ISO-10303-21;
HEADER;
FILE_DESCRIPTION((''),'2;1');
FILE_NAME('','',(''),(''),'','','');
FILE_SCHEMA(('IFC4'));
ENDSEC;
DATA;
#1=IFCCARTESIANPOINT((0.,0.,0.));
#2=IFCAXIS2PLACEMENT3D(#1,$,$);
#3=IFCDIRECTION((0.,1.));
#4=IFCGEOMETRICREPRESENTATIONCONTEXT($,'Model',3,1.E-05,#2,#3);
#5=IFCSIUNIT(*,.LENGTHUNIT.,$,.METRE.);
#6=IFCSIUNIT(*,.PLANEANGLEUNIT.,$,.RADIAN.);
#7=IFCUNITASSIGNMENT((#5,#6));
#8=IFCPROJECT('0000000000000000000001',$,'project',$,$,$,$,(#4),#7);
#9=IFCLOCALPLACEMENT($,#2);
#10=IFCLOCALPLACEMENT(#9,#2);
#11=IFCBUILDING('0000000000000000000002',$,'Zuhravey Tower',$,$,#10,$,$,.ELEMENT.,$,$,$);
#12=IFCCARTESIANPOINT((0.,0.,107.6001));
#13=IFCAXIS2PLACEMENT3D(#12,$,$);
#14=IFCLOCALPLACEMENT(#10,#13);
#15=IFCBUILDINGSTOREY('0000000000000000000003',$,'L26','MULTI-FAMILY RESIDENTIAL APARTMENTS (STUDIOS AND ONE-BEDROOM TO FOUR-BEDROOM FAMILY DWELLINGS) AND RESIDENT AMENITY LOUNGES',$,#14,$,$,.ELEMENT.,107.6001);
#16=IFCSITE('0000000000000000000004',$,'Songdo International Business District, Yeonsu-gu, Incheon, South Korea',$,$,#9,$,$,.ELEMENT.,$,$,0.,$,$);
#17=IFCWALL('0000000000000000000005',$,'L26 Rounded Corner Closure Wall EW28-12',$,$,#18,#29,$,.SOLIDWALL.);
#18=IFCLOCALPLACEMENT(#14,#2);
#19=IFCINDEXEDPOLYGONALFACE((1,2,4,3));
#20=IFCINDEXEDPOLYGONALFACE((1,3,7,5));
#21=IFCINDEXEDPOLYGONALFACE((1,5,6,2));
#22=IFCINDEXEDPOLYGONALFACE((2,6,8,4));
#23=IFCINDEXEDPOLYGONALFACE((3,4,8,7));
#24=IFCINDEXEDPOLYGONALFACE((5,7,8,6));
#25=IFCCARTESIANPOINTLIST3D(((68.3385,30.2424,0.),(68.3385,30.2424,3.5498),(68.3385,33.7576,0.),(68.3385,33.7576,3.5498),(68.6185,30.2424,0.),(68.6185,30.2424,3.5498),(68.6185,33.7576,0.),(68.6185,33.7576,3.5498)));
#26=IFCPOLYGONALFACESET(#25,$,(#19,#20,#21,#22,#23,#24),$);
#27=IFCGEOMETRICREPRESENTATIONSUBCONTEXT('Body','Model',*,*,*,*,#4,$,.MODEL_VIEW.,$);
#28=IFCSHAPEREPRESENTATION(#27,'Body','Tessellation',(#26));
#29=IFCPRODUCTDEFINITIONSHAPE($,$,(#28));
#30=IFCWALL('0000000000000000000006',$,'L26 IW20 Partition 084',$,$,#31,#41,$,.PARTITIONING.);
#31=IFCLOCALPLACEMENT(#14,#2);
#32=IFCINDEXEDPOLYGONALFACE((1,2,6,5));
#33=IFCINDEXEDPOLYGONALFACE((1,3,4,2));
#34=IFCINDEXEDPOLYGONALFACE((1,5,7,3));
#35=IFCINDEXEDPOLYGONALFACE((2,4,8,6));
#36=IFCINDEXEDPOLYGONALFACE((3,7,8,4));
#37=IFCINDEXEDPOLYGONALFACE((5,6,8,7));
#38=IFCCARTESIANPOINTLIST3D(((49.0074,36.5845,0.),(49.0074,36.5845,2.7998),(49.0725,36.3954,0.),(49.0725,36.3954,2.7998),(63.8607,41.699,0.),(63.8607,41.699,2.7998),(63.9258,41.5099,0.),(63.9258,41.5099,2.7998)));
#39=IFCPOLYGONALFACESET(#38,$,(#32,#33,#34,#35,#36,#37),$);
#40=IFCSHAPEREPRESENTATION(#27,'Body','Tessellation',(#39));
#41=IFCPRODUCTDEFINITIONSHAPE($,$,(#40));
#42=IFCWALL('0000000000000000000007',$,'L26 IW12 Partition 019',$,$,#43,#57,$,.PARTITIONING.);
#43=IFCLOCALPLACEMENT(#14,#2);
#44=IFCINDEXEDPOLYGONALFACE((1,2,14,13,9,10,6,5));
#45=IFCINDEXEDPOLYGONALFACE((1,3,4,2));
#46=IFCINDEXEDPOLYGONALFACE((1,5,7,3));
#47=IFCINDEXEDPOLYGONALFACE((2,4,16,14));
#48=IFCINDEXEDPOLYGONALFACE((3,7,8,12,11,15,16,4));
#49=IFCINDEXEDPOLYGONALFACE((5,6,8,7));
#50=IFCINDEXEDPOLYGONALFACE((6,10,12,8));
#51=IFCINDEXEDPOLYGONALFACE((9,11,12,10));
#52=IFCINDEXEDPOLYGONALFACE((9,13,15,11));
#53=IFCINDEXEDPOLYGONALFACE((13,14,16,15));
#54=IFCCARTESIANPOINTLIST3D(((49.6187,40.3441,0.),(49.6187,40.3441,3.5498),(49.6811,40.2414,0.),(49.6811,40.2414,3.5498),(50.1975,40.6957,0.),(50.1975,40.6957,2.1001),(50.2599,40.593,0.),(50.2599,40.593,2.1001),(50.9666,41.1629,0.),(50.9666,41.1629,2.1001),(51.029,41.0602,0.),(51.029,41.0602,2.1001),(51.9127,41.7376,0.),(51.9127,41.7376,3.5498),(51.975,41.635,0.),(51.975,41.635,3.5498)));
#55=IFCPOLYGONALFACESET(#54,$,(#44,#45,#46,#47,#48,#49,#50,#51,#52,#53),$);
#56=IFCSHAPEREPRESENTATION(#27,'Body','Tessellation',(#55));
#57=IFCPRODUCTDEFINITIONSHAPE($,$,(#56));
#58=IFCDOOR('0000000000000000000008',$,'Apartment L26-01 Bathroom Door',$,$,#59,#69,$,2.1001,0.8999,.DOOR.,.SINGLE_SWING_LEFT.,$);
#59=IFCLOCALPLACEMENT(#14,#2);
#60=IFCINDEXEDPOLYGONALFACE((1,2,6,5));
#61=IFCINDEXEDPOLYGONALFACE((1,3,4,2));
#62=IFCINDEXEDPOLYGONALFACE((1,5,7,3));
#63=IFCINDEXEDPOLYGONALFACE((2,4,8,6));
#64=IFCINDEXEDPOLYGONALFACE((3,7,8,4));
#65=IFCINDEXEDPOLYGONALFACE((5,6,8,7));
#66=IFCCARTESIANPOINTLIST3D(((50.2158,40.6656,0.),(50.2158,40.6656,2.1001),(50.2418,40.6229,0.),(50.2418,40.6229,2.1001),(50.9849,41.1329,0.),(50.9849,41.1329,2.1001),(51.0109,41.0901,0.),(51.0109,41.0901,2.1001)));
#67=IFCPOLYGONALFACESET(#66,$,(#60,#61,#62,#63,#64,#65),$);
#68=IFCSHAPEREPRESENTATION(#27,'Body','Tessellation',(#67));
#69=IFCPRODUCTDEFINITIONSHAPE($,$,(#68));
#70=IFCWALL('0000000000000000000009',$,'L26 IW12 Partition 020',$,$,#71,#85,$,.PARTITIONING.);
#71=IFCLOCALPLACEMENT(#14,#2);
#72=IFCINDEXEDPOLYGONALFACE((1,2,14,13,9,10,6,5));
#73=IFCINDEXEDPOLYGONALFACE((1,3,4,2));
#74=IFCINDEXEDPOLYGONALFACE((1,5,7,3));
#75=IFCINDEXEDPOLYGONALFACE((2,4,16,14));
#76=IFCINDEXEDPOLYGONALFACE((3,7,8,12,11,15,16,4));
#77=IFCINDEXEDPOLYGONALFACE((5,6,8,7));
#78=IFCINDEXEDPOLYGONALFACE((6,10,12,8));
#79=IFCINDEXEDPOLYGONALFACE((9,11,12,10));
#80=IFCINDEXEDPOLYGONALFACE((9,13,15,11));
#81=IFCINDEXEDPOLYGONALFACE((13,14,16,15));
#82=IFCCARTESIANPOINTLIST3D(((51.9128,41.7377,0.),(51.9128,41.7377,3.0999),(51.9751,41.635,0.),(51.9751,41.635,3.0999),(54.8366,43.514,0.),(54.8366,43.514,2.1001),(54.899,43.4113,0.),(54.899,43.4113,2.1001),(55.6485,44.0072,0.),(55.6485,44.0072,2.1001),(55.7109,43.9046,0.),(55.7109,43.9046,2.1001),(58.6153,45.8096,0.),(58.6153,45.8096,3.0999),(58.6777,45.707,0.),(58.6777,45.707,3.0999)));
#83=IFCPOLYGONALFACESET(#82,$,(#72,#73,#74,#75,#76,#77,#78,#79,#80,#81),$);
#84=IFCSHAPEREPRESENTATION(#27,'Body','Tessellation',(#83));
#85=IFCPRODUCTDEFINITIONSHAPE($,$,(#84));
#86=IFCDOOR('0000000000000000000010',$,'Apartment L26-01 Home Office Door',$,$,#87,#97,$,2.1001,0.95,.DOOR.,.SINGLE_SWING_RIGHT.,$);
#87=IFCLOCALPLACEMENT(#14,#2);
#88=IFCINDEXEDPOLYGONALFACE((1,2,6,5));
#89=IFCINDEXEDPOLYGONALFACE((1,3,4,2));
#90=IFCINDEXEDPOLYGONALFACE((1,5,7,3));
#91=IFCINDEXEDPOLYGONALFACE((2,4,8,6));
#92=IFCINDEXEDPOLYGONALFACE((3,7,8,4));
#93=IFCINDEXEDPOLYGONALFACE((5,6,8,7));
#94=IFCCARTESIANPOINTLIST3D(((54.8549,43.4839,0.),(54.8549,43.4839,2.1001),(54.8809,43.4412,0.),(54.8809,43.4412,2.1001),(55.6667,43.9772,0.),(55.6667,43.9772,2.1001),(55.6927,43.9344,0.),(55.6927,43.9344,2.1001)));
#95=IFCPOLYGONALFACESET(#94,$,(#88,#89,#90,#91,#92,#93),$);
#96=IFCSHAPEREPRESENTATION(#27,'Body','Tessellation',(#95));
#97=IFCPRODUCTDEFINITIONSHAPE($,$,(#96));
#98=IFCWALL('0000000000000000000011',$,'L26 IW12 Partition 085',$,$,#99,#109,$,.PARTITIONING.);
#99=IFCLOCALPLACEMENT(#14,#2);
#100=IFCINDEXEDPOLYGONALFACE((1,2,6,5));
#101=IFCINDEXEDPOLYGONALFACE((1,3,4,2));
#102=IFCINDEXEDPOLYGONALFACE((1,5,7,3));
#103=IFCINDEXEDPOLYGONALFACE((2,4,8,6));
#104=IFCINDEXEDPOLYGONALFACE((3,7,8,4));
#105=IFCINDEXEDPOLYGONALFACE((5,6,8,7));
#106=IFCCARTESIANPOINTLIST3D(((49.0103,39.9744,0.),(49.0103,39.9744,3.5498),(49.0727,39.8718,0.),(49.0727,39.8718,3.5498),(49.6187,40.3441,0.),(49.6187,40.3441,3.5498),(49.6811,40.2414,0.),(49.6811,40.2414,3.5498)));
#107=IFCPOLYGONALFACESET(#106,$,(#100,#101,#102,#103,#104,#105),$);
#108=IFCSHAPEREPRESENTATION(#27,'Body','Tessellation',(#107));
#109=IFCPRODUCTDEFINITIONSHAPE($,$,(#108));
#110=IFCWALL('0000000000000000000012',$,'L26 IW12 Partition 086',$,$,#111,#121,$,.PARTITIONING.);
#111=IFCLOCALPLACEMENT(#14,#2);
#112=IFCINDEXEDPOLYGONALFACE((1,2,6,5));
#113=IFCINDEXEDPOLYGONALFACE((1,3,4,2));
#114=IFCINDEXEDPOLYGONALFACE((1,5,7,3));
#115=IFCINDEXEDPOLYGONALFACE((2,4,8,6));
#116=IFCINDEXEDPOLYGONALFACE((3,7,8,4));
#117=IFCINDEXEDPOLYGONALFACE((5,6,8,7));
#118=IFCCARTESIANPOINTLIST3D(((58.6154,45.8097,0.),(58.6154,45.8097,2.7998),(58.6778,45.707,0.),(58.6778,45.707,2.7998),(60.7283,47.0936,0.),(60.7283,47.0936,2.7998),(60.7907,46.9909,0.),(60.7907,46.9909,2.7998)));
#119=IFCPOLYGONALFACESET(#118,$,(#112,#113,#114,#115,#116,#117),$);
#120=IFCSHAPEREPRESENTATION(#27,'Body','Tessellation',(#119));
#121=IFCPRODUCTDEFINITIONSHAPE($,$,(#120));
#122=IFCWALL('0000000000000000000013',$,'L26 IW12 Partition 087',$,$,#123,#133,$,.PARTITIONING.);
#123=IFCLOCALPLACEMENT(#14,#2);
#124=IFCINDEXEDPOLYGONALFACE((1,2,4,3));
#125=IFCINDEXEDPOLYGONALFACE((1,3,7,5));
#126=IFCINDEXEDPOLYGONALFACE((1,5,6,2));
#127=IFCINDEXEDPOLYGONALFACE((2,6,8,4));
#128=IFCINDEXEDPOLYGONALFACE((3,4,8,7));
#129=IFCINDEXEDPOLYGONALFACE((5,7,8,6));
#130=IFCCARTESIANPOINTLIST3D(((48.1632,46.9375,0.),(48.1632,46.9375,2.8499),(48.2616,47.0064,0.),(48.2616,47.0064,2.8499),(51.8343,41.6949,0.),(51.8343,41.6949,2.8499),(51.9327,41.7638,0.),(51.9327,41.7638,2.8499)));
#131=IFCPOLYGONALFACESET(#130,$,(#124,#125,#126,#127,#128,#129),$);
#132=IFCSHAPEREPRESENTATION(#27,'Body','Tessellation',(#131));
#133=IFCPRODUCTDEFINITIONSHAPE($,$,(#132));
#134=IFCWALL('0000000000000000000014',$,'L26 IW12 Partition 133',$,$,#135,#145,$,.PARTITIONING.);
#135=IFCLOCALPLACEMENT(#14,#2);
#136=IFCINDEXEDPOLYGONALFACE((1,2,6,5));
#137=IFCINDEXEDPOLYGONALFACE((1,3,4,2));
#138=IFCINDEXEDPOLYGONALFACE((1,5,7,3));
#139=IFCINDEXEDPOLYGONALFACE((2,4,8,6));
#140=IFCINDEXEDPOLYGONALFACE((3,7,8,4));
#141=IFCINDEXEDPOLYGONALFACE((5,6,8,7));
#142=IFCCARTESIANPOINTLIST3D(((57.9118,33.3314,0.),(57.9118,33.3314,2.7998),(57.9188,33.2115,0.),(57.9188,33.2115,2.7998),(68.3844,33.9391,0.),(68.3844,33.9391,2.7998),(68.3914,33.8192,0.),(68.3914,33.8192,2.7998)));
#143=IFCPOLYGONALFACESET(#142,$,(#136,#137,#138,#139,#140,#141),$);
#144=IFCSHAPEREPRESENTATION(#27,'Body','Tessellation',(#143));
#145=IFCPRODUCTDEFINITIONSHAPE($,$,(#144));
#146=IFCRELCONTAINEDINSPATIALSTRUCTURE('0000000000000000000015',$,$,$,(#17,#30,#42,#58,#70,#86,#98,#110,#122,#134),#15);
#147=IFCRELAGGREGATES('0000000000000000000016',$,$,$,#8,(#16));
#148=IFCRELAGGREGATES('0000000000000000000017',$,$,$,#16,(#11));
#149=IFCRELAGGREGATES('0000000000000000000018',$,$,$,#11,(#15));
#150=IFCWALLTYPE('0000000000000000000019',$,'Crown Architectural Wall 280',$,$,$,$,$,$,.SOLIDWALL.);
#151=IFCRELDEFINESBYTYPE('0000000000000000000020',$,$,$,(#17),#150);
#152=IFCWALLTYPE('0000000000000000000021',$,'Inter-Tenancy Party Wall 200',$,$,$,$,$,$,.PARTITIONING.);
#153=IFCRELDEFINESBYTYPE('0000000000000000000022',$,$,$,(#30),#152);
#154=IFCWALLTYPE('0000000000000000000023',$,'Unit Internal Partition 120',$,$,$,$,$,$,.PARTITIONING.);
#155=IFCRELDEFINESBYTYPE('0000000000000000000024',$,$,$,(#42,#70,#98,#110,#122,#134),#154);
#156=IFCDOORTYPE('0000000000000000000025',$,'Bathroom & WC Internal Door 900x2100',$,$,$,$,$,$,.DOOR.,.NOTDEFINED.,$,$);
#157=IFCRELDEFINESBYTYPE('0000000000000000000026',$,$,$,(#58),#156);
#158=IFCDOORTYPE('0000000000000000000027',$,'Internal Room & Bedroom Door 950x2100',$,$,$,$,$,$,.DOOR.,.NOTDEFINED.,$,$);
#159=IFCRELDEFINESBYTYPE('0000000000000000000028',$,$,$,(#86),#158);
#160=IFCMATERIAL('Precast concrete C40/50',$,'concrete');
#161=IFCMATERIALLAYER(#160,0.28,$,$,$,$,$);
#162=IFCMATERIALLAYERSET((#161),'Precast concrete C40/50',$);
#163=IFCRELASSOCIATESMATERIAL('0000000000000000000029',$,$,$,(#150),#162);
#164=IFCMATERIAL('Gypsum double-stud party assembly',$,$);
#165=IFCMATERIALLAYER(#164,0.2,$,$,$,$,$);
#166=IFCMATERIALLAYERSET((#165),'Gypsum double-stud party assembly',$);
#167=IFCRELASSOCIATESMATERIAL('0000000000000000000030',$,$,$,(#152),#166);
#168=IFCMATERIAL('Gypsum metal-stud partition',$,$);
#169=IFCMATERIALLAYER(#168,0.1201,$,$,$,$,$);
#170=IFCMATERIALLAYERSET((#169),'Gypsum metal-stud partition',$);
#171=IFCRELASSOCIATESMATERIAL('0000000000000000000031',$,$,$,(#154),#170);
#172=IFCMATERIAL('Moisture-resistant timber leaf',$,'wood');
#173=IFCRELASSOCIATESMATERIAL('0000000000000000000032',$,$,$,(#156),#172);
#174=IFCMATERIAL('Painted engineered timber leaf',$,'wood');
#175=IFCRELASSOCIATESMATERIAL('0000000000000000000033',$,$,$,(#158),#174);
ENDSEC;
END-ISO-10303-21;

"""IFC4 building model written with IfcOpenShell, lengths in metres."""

from ifc_helpers import new_model, si_unit, direction, frame, frame_2d, origin, place, context, subcontext, project, spatial, rectangle, extrude, material, layer, layer_set, type_object, element, fill, save


model = new_model("IFC4")

# Units and contexts
model_context = context("Model", 3, precision=1e-05, world=origin(), true_north=direction((0.0, 1.0)))
body_context = subcontext(model_context, "Body", "Model", "MODEL_VIEW")
ifc_project = project(units=[si_unit("LENGTHUNIT", "METRE"), si_unit("PLANEANGLEUNIT", "RADIAN")], contexts=[model_context])

# Site, building, storey
site_placement = place(None, origin())
site = spatial("IfcSite", under=ifc_project, at=site_placement, Name="Songdo International Business District, Yeonsu-gu, Incheon, South Korea", CompositionType="ELEMENT", RefElevation=0.0)
building_placement = place(site_placement, origin())
building = spatial("IfcBuilding", under=site, at=building_placement, Name="Zuhravey Tower", CompositionType="ELEMENT")
storey_placement = place(building_placement, frame((0.0, 0.0, 107.6001)))
storey = spatial("IfcBuildingStorey", under=building, at=storey_placement, Name="L26", Description="MULTI-FAMILY RESIDENTIAL APARTMENTS (STUDIOS AND ONE-BEDROOM TO FOUR-BEDROOM FAMILY DWELLINGS) AND RESIDENT AMENITY LOUNGES", CompositionType="ELEMENT", Elevation=107.6001)

# Walls
ifc_material_1 = material(Name="Precast concrete C40/50", Category="concrete")
ifc_layer_1 = layer(ifc_material_1, 0.28)
ifc_layer_set_1 = layer_set([ifc_layer_1], Name="Precast concrete C40/50")
wall_type_1 = type_object("IfcWallType", Name="Crown Architectural Wall 280", PredefinedType="SOLIDWALL", material=ifc_layer_set_1)
wall_1_placement = place(storey_placement, frame((68.4785, 33.7576, 0.0), z_axis=(0.0, 0.0, 1.0), x_axis=(0.0, -1.0, 0.0)))
element("IfcWall", 1, at=wall_1_placement, inside=storey, type_object=wall_type_1, Name="L26 Rounded Corner Closure Wall EW28-12", PredefinedType="SOLIDWALL", context=body_context, shape_type="SweptSolid", body=[
    extrude(rectangle(XDim=3.5151, YDim=0.28, at=frame_2d((1.7576, 0.0))), origin(), (0.0, 0.0, 1.0), 3.5498),
])
ifc_material_2 = material(Name="Gypsum double-stud party assembly")
ifc_layer_2 = layer(ifc_material_2, 0.2)
ifc_layer_set_2 = layer_set([ifc_layer_2], Name="Gypsum double-stud party assembly")
wall_type_2 = type_object("IfcWallType", Name="Inter-Tenancy Party Wall 200", PredefinedType="PARTITIONING", material=ifc_layer_set_2)
wall_2_placement = place(storey_placement, frame((49.04, 36.49, 0.0), z_axis=(0.0, 0.0, 1.0), x_axis=(0.945516, 0.325574, 0.0)))
element("IfcWall", 2, at=wall_2_placement, inside=storey, type_object=wall_type_2, Name="L26 IW20 Partition 084", PredefinedType="PARTITIONING", context=body_context, shape_type="SweptSolid", body=[
    extrude(rectangle(XDim=15.7092, YDim=0.2, at=frame_2d((7.8545, 0.0))), origin(), (0.0, 0.0, 1.0), 2.7998),
])

# Walls, openings, doors
ifc_material_3 = material(Name="Gypsum metal-stud partition")
ifc_layer_3 = layer(ifc_material_3, 0.1201)
ifc_layer_set_3 = layer_set([ifc_layer_3], Name="Gypsum metal-stud partition")
wall_type_3 = type_object("IfcWallType", Name="Unit Internal Partition 120", PredefinedType="PARTITIONING", material=ifc_layer_set_3)
wall_3_placement = place(storey_placement, frame((49.6499, 40.2927, 0.0), z_axis=(0.0, 0.0, 1.0), x_axis=(0.854655, 0.519196, 0.0)))
wall_3 = element("IfcWall", 3, at=wall_3_placement, inside=storey, type_object=wall_type_3, Name="L26 IW12 Partition 019", PredefinedType="PARTITIONING", context=body_context, shape_type="SweptSolid", body=[
    extrude(rectangle(XDim=2.6841, YDim=0.1201, at=frame_2d((1.342, 0.0))), origin(), (0.0, 0.0, 1.0), 3.5498),
])
opening_1_placement = place(wall_3_placement, frame((0.6772, 0.0, 0.0)))
opening_1 = element("IfcOpeningElement", 4, at=opening_1_placement, cuts=wall_3, PredefinedType="OPENING", context=body_context, shape_type="SweptSolid", body=[
    extrude(rectangle(XDim=0.8999, YDim=2.1001, at=frame_2d((0.45, 1.05))), frame((0.0, 0.072, 0.0), z_axis=(0.0, -1.0, 0.0), x_axis=(1.0, 0.0, 0.0)), (0.0, 0.0, 1.0), 0.144),
])
ifc_material_4 = material(Name="Moisture-resistant timber leaf", Category="wood")
door_type_1 = type_object("IfcDoorType", Name="Bathroom & WC Internal Door 900x2100", OperationType="NOTDEFINED", PredefinedType="DOOR", material=ifc_material_4)
door_1_placement = place(opening_1_placement, origin())
door_1 = element("IfcDoor", 5, at=door_1_placement, inside=storey, type_object=door_type_1, Name="Apartment L26-01 Bathroom Door", OperationType="SINGLE_SWING_LEFT", OverallHeight=2.1001, OverallWidth=0.8999, PredefinedType="DOOR", context=body_context, shape_type="SweptSolid", body=[
    extrude(rectangle(XDim=0.8999, YDim=2.1001, at=frame_2d((0.45, 1.05))), frame((0.0, 0.0249, 0.0), z_axis=(0.0, -1.0, 0.0), x_axis=(1.0, 0.0, 0.0)), (0.0, 0.0, 1.0), 0.05),
])
fill(opening_1, door_1)
wall_4_placement = place(storey_placement, frame((51.9438, 41.6863, 0.0), z_axis=(0.0, 0.0, 1.0), x_axis=(0.854642, 0.519217, 0.0)))
wall_4 = element("IfcWall", 6, at=wall_4_placement, inside=storey, type_object=wall_type_3, Name="L26 IW12 Partition 020", PredefinedType="PARTITIONING", context=body_context, shape_type="SweptSolid", body=[
    extrude(rectangle(XDim=7.8425, YDim=0.1201, at=frame_2d((3.9214, 0.0))), origin(), (0.0, 0.0, 1.0), 3.0999),
])
opening_2_placement = place(wall_4_placement, frame((3.4211, 0.0, 0.0)))
opening_2 = element("IfcOpeningElement", 7, at=opening_2_placement, cuts=wall_4, PredefinedType="OPENING", context=body_context, shape_type="SweptSolid", body=[
    extrude(rectangle(XDim=0.95, YDim=2.1001, at=frame_2d((0.4751, 1.05))), frame((0.0, 0.072, 0.0), z_axis=(0.0, -1.0, 0.0), x_axis=(1.0, 0.0, 0.0)), (0.0, 0.0, 1.0), 0.144),
])
ifc_material_5 = material(Name="Painted engineered timber leaf", Category="wood")
door_type_2 = type_object("IfcDoorType", Name="Internal Room & Bedroom Door 950x2100", OperationType="NOTDEFINED", PredefinedType="DOOR", material=ifc_material_5)
door_2_placement = place(opening_2_placement, origin())
door_2 = element("IfcDoor", 8, at=door_2_placement, inside=storey, type_object=door_type_2, Name="Apartment L26-01 Home Office Door", OperationType="SINGLE_SWING_RIGHT", OverallHeight=2.1001, OverallWidth=0.95, PredefinedType="DOOR", context=body_context, shape_type="SweptSolid", body=[
    extrude(rectangle(XDim=0.95, YDim=2.1001, at=frame_2d((0.4751, 1.05))), frame((0.0, 0.0249, 0.0), z_axis=(0.0, -1.0, 0.0), x_axis=(1.0, 0.0, 0.0)), (0.0, 0.0, 1.0), 0.05),
])
fill(opening_2, door_2)

# Walls
wall_5_placement = place(storey_placement, frame((49.0415, 39.9231, 0.0), z_axis=(0.0, 0.0, 1.0), x_axis=(0.854635, 0.519229, 0.0)))
element("IfcWall", 9, at=wall_5_placement, inside=storey, type_object=wall_type_3, Name="L26 IW12 Partition 085", PredefinedType="PARTITIONING", context=body_context, shape_type="SweptSolid", body=[
    extrude(rectangle(XDim=0.7119, YDim=0.1201, at=frame_2d((0.356, 0.0))), origin(), (0.0, 0.0, 1.0), 3.5498),
])
wall_6_placement = place(storey_placement, frame((58.6465, 45.7583, 0.0), z_axis=(0.0, 0.0, 1.0), x_axis=(0.854604, 0.51928, 0.0)))
element("IfcWall", 10, at=wall_6_placement, inside=storey, type_object=wall_type_3, Name="L26 IW12 Partition 086", PredefinedType="PARTITIONING", context=body_context, shape_type="SweptSolid", body=[
    extrude(rectangle(XDim=2.4724, YDim=0.1201, at=frame_2d((1.2363, 0.0))), origin(), (0.0, 0.0, 1.0), 2.7998),
])
wall_7_placement = place(storey_placement, frame((51.8835, 41.7292, 0.0), z_axis=(0.0, 0.0, 1.0), x_axis=(-0.573595, 0.819139, 0.0)))
element("IfcWall", 11, at=wall_7_placement, inside=storey, type_object=wall_type_3, Name="L26 IW12 Partition 087", PredefinedType="PARTITIONING", context=body_context, shape_type="SweptSolid", body=[
    extrude(rectangle(XDim=6.4001, YDim=0.1201, at=frame_2d((3.2002, 0.0))), origin(), (0.0, 0.0, 1.0), 2.8499),
])
wall_8_placement = place(storey_placement, frame((57.9153, 33.2715, 0.0), z_axis=(0.0, 0.0, 1.0), x_axis=(0.998321, 0.057927, 0.0)))
element("IfcWall", 12, at=wall_8_placement, inside=storey, type_object=wall_type_3, Name="L26 IW12 Partition 133", PredefinedType="PARTITIONING", context=body_context, shape_type="SweptSolid", body=[
    extrude(rectangle(XDim=10.4902, YDim=0.1201, at=frame_2d((5.2451, 0.0))), origin(), (0.0, 0.0, 1.0), 2.7998),
])

save(model, "model.ifc")
